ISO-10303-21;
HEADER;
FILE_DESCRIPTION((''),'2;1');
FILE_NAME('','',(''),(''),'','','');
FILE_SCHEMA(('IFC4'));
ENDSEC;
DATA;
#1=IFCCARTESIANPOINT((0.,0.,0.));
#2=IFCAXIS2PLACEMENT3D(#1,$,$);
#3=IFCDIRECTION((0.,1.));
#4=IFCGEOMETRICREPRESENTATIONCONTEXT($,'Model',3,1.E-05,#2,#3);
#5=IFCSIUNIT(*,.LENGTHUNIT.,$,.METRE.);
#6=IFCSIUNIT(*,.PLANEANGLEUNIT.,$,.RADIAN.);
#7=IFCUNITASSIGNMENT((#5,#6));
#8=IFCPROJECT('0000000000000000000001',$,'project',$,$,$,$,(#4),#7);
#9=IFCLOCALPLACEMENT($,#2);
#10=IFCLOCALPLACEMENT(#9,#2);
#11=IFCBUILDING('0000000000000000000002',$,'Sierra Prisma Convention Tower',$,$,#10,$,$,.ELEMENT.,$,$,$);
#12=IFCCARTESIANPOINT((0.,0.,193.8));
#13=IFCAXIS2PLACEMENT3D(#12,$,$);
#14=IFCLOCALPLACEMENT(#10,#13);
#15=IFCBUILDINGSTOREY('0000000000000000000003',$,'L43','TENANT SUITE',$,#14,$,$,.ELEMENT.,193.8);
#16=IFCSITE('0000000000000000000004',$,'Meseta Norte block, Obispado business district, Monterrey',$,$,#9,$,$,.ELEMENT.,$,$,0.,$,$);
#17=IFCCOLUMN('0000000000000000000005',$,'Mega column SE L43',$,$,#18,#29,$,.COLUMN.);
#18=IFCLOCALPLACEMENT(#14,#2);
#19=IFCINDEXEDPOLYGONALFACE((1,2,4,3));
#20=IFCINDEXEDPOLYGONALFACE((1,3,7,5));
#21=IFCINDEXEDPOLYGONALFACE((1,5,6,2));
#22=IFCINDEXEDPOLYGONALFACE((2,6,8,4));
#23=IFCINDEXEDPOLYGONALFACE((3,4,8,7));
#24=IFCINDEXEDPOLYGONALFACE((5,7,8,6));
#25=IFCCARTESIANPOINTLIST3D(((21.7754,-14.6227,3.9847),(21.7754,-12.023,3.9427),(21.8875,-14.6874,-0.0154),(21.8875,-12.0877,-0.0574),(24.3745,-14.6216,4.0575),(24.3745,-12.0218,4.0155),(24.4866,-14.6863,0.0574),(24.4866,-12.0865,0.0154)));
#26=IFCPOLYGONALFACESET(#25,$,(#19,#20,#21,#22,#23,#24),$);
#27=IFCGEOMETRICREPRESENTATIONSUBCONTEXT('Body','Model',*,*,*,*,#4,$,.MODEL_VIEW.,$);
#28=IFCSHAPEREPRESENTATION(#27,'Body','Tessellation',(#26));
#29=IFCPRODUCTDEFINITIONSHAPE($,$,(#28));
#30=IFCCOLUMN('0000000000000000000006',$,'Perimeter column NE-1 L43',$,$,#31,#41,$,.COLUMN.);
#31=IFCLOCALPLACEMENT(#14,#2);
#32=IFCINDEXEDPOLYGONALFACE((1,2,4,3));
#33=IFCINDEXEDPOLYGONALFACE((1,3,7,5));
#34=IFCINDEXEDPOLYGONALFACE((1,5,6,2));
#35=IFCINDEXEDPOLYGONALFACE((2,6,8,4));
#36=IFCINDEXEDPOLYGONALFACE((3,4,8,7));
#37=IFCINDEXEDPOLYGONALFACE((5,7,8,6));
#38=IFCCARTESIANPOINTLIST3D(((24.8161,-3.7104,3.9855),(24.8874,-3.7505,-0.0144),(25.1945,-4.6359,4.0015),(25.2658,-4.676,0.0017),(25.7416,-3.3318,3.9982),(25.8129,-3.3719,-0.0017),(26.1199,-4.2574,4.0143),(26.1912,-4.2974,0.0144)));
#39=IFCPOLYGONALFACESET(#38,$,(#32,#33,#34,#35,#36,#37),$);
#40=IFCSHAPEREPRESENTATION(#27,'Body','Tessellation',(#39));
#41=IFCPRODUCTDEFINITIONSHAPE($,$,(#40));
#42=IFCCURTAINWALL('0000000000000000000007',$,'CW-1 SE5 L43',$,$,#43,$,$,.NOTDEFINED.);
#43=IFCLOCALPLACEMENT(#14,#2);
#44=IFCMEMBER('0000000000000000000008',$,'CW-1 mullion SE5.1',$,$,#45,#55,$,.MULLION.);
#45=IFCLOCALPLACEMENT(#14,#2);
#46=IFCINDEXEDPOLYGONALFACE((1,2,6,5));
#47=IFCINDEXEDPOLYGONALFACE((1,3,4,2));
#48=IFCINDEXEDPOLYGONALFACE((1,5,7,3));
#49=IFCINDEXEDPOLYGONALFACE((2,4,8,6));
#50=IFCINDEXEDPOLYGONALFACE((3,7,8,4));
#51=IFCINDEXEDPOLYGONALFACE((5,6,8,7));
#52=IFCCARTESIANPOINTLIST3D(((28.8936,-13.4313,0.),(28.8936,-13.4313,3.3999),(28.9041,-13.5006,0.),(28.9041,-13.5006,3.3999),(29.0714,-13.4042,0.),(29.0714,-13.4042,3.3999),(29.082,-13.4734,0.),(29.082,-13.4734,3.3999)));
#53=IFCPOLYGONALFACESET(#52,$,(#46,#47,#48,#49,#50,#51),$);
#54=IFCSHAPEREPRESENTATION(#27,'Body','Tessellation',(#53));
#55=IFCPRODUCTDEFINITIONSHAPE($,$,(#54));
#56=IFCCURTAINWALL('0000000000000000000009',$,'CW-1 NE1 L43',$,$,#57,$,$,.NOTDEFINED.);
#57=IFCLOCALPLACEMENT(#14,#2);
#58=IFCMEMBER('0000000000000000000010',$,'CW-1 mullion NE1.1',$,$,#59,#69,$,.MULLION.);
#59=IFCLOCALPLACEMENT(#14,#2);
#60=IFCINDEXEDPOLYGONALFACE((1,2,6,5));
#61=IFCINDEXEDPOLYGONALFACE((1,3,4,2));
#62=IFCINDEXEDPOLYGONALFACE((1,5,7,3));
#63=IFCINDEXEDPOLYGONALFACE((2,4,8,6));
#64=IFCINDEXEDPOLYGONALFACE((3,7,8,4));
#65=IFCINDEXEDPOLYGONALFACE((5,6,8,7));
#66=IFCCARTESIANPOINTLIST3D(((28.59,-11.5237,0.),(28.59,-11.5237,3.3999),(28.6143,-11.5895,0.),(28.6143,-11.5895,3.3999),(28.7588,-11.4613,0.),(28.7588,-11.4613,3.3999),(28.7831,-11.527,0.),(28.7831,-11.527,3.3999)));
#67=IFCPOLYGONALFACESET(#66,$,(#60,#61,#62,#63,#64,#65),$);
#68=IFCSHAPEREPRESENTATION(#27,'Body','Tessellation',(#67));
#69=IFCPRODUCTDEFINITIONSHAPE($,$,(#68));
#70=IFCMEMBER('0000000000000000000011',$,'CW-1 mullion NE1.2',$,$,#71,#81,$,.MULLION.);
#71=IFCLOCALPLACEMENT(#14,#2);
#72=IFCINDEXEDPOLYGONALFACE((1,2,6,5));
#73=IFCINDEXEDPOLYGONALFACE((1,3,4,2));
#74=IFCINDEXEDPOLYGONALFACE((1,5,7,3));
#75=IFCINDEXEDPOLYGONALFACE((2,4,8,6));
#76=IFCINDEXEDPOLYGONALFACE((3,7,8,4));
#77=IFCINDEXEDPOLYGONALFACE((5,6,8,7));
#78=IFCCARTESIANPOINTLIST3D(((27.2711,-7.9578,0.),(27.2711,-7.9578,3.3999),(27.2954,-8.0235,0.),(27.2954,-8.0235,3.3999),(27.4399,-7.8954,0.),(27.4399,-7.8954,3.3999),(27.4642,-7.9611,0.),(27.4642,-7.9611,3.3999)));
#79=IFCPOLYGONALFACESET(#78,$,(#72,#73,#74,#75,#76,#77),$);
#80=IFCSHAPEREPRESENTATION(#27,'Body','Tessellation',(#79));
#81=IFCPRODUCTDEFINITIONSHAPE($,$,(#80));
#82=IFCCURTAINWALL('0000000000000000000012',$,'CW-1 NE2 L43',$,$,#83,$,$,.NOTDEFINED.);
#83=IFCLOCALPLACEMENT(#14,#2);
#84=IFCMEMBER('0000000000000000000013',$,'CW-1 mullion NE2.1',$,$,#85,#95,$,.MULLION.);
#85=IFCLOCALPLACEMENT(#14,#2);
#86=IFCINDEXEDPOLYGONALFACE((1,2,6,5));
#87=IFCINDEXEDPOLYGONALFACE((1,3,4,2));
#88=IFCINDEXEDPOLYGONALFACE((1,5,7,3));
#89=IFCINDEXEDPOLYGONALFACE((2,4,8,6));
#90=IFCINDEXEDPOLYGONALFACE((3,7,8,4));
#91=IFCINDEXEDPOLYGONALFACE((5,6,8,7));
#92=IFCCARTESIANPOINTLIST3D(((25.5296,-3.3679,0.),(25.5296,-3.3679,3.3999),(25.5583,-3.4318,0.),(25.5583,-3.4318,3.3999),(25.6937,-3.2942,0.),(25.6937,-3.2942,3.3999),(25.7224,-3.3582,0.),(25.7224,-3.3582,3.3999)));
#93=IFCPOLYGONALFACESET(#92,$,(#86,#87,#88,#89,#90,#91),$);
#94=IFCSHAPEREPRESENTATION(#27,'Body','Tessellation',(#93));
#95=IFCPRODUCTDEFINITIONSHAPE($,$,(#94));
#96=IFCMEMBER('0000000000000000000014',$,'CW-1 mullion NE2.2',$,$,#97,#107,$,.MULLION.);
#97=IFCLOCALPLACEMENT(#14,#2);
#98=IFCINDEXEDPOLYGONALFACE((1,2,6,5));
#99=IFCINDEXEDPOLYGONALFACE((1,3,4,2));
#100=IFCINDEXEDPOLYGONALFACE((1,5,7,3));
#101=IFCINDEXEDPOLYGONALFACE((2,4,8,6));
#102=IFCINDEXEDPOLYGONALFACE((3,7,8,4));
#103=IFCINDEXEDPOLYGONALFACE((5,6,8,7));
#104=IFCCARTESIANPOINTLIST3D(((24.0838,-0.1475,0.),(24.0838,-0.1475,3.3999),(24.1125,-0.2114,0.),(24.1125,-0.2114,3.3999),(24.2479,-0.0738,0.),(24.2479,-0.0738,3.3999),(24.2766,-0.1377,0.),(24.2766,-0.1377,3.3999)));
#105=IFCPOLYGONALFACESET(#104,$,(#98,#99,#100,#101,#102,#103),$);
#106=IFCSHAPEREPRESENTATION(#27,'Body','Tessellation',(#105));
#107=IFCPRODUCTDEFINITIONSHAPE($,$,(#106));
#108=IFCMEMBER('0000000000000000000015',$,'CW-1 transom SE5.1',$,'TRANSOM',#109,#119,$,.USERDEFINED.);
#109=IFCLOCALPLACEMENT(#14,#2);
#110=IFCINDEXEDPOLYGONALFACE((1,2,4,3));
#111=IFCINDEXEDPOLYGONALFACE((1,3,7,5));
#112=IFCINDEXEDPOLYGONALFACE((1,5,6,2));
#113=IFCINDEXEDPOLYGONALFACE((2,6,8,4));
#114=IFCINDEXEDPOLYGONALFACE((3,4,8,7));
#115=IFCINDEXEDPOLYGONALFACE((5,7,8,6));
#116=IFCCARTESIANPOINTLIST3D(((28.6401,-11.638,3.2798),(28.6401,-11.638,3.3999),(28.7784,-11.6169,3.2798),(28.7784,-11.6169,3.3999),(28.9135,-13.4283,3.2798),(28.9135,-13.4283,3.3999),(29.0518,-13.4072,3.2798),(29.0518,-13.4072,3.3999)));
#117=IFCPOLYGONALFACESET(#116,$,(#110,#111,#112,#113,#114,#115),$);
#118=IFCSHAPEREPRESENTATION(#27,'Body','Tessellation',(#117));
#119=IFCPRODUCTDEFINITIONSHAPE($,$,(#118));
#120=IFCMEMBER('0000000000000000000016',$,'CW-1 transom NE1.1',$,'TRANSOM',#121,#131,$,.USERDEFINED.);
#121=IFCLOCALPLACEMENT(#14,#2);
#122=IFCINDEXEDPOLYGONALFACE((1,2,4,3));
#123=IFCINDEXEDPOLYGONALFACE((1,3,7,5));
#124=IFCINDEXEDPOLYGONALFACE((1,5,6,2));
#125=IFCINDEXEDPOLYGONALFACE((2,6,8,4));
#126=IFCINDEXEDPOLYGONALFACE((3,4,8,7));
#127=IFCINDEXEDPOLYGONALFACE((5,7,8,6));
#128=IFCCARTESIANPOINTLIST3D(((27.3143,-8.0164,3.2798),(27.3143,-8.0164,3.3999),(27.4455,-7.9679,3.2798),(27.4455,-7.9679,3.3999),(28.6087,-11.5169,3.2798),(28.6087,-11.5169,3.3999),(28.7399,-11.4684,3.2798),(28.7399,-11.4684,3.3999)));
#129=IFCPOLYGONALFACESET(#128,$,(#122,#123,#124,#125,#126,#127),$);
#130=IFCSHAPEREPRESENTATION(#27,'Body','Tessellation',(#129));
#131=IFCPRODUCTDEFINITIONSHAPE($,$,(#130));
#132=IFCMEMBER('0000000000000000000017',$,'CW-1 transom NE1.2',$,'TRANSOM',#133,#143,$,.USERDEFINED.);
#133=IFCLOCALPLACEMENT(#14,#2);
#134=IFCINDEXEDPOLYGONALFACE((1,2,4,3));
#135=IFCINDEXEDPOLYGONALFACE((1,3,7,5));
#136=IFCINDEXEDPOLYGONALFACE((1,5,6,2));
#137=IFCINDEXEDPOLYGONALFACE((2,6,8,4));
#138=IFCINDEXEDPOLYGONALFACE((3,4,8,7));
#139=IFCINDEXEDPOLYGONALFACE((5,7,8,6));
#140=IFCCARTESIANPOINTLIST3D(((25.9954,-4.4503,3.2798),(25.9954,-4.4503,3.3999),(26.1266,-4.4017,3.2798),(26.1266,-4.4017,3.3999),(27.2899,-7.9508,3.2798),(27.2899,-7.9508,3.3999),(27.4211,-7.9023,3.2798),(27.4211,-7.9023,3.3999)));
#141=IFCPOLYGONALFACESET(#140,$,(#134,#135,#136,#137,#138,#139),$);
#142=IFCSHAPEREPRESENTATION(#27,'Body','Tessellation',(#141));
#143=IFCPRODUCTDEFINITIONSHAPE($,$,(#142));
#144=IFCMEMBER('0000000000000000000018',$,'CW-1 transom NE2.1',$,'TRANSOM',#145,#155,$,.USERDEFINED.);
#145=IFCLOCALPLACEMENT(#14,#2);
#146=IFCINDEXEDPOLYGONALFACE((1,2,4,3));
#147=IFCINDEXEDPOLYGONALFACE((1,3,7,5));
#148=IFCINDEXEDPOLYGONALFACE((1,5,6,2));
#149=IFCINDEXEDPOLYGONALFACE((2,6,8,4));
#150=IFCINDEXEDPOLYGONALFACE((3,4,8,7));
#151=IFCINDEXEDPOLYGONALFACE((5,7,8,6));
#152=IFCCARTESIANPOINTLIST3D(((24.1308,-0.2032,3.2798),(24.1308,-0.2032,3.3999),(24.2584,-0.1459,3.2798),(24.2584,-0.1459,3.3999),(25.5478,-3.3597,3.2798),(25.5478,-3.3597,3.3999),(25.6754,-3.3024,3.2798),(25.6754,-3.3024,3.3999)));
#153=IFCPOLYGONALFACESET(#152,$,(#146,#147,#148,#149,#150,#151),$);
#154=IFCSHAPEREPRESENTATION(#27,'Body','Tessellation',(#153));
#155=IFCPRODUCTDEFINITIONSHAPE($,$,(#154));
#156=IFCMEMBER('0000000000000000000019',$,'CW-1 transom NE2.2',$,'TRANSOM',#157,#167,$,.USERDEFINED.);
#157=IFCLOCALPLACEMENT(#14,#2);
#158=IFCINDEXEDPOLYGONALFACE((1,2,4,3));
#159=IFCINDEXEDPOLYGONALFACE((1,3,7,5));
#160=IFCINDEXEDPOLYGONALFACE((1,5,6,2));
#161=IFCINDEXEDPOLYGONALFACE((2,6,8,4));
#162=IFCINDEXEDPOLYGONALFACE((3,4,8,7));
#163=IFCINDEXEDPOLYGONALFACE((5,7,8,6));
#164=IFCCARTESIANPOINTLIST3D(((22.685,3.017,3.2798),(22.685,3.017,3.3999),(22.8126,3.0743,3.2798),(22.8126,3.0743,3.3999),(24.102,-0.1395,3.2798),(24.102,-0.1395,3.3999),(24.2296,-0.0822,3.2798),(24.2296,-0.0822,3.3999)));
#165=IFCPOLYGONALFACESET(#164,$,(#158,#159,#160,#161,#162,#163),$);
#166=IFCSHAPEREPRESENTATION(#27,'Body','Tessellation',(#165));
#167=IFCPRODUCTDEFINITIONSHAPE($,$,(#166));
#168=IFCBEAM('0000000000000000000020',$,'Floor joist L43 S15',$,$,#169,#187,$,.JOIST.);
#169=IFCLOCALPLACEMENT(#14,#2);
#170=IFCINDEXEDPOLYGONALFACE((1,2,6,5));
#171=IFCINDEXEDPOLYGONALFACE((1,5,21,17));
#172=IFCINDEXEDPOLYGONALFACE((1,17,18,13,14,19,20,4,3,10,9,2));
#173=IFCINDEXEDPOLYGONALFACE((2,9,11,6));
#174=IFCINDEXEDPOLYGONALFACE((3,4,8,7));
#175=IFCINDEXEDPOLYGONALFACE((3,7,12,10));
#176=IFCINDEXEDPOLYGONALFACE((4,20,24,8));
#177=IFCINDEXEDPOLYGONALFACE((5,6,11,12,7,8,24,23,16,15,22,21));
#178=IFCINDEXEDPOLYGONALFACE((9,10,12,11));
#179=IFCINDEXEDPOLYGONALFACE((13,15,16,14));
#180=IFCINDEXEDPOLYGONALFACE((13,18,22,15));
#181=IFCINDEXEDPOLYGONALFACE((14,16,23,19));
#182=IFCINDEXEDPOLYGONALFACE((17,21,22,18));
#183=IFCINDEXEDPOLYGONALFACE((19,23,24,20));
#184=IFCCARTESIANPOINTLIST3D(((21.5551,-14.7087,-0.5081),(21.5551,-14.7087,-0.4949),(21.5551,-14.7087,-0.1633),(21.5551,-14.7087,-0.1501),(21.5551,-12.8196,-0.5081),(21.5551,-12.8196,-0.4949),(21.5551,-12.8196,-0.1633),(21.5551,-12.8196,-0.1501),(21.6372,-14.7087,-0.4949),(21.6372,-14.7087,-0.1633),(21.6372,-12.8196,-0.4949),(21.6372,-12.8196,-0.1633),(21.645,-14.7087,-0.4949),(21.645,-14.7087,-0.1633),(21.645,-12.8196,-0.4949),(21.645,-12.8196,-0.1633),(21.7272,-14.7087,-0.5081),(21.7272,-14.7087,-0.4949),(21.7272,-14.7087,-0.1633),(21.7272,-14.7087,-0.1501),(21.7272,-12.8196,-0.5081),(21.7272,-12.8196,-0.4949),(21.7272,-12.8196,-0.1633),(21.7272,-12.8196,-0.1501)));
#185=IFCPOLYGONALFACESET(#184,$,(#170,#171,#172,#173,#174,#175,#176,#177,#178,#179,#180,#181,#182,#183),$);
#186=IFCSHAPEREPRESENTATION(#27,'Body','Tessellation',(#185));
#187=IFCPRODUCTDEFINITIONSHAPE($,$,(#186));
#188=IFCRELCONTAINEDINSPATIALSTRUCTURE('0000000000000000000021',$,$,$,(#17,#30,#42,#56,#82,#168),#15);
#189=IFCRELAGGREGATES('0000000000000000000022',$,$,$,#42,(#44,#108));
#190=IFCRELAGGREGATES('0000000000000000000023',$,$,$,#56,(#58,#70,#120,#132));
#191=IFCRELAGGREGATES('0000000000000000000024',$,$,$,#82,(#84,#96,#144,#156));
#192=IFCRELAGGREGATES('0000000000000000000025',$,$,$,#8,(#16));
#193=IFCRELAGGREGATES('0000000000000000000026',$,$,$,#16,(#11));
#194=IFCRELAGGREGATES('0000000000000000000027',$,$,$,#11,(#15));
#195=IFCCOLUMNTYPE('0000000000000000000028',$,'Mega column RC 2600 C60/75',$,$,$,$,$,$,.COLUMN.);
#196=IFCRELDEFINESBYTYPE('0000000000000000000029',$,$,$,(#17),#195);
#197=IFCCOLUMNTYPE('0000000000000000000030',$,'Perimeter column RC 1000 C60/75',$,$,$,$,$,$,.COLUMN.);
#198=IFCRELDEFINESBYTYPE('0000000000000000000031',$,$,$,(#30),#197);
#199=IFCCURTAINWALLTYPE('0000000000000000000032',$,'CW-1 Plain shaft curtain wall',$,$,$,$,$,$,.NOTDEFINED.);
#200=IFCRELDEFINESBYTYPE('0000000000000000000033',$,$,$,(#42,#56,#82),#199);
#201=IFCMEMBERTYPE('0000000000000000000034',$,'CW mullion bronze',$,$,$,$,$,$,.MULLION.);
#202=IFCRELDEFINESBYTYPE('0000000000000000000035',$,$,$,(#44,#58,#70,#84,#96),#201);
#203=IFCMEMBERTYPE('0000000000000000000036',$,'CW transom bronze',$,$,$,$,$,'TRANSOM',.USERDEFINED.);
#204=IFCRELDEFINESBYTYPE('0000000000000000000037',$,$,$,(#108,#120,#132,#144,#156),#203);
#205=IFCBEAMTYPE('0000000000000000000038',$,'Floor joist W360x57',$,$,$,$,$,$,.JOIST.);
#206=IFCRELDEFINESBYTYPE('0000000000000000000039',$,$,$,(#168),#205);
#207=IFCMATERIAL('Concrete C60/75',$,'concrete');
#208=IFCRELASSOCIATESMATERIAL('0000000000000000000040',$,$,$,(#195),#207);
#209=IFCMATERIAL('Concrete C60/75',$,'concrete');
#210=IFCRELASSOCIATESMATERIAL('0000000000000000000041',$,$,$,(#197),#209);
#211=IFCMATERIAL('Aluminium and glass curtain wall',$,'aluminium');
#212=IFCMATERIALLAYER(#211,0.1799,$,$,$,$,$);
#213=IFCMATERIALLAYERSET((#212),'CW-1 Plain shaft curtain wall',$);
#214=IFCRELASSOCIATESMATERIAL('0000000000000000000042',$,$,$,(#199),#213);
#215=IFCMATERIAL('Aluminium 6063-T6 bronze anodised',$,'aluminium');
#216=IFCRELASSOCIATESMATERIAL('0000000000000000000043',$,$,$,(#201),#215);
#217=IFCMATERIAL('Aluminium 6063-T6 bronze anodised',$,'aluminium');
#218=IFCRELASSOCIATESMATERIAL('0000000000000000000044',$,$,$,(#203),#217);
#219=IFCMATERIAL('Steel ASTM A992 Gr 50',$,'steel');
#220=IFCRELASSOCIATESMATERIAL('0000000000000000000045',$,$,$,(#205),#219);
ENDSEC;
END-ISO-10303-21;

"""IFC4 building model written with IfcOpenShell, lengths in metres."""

from ifc_helpers import new_model, si_unit, direction, frame, origin, origin_2d, place, context, subcontext, project, spatial, rectangle, i_section, extrude, material, layer, layer_set, material_profile, profile_set, type_object, element, aggregate, save


model = new_model("IFC4")

# Units and contexts
model_context = context("Model", 3, precision=1e-05, world=origin(), true_north=direction((0.0, 1.0)))
body_context = subcontext(model_context, "Body", "Model", "MODEL_VIEW")
ifc_project = project(units=[si_unit("LENGTHUNIT", "METRE"), si_unit("PLANEANGLEUNIT", "RADIAN")], contexts=[model_context])

# Site, building, storey
site_placement = place(None, origin())
site = spatial("IfcSite", under=ifc_project, at=site_placement, Name="Meseta Norte block, Obispado business district, Monterrey", CompositionType="ELEMENT", RefElevation=0.0)
building_placement = place(site_placement, origin())
building = spatial("IfcBuilding", under=site, at=building_placement, Name="Sierra Prisma Convention Tower", CompositionType="ELEMENT")
storey_placement = place(building_placement, frame((0.0, 0.0, 193.8)))
storey = spatial("IfcBuildingStorey", under=building, at=storey_placement, Name="L43", Description="TENANT SUITE", CompositionType="ELEMENT", Elevation=193.8)

# Columns
ifc_material_1 = material(Name="Concrete C60/75", Category="concrete")
ifc_material_profile_1 = material_profile(ifc_material_1, rectangle(XDim=2.6001, YDim=2.6001, at=origin_2d()), Name="Mega column RC 2600 C60/75")
ifc_profile_set_1 = profile_set([ifc_material_profile_1], Name="Concrete C60/75")
column_type_1 = type_object("IfcColumnType", Name="Mega column RC 2600 C60/75", PredefinedType="COLUMN", material=ifc_profile_set_1)
column_1_placement = place(storey_placement, frame((23.187, -13.387, 0.0), z_axis=(-0.028, 0.016166, 0.999477), x_axis=(0.999608, 0.000453, 0.027997)))
element("IfcColumn", 1, at=column_1_placement, inside=storey, type_object=column_type_1, Name="Mega column SE L43", PredefinedType="COLUMN", context=body_context, shape_type="SweptSolid", body=[
    extrude(rectangle(XDim=2.6001, YDim=2.6001, at=origin_2d()), origin(), (0.0, 0.0, 1.0), 4.0022),
])
ifc_material_2 = material(Name="Concrete C60/75", Category="concrete")
ifc_material_profile_2 = material_profile(ifc_material_2, rectangle(XDim=1.0, YDim=1.0, at=origin_2d()), Name="Perimeter column RC 1000 C60/75")
ifc_profile_set_2 = profile_set([ifc_material_profile_2], Name="Concrete C60/75")
column_type_2 = type_object("IfcColumnType", Name="Perimeter column RC 1000 C60/75", PredefinedType="COLUMN", material=ifc_profile_set_2)
column_2_placement = place(storey_placement, frame((25.5393, -4.0239, 0.0), z_axis=(-0.017819, 0.010008, 0.999791), x_axis=(-0.378372, 0.925515, -0.016008)))
element("IfcColumn", 2, at=column_2_placement, inside=storey, type_object=column_type_2, Name="Perimeter column NE-1 L43", PredefinedType="COLUMN", context=body_context, shape_type="SweptSolid", body=[
    extrude(rectangle(XDim=1.0, YDim=1.0, at=origin_2d()), origin(), (0.0, 0.0, 1.0), 4.0007),
])

# Curtain wall, member
ifc_material_3 = material(Name="Aluminium and glass curtain wall", Category="aluminium")
ifc_layer_1 = layer(ifc_material_3, 0.1799)
ifc_layer_set_1 = layer_set([ifc_layer_1], Name="CW-1 Plain shaft curtain wall")
curtain_wall_type = type_object("IfcCurtainWallType", Name="CW-1 Plain shaft curtain wall", PredefinedType="NOTDEFINED", material=ifc_layer_set_1)
curtain_wall_1_placement = place(storey_placement, origin())
curtain_wall_1 = element("IfcCurtainWall", 3, at=curtain_wall_1_placement, inside=storey, type_object=curtain_wall_type, Name="CW-1 SE5 L43", PredefinedType="NOTDEFINED")
ifc_material_4 = material(Name="Aluminium 6063-T6 bronze anodised", Category="aluminium")
ifc_material_profile_3 = material_profile(ifc_material_4, rectangle(XDim=0.1799, YDim=0.0701, at=origin_2d()), Name="ALU MULLION 70x180")
ifc_profile_set_3 = profile_set([ifc_material_profile_3], Name="Aluminium 6063-T6 bronze anodised")
member_type_1 = type_object("IfcMemberType", Name="CW mullion bronze", PredefinedType="MULLION", material=ifc_profile_set_3)
member_1_placement = place(storey_placement, frame((28.9878, -13.4524, 0.0), z_axis=(0.0, 0.0, 1.0), x_axis=(-0.988536, -0.150983, 0.0)))
member_1 = element("IfcMember", 4, at=member_1_placement, type_object=member_type_1, Name="CW-1 mullion SE5.1", PredefinedType="MULLION", context=body_context, shape_type="SweptSolid", body=[
    extrude(rectangle(XDim=0.1799, YDim=0.0701, at=origin_2d()), origin(), (0.0, 0.0, 1.0), 3.3999),
])

# Curtain walls, members
curtain_wall_2_placement = place(storey_placement, origin())
curtain_wall_2 = element("IfcCurtainWall", 5, at=curtain_wall_2_placement, inside=storey, type_object=curtain_wall_type, Name="CW-1 NE1 L43", PredefinedType="NOTDEFINED")
member_2_placement = place(storey_placement, frame((28.6865, -11.5254, 0.0), z_axis=(0.0, 0.0, 1.0), x_axis=(-0.937915, -0.346866, 0.0)))
member_2 = element("IfcMember", 6, at=member_2_placement, type_object=member_type_1, Name="CW-1 mullion NE1.1", PredefinedType="MULLION", context=body_context, shape_type="SweptSolid", body=[
    extrude(rectangle(XDim=0.1799, YDim=0.0701, at=origin_2d()), origin(), (0.0, 0.0, 1.0), 3.3999),
])
member_3_placement = place(storey_placement, frame((27.3677, -7.9595, 0.0), z_axis=(0.0, 0.0, 1.0), x_axis=(-0.937915, -0.346866, 0.0)))
member_3 = element("IfcMember", 7, at=member_3_placement, type_object=member_type_1, Name="CW-1 mullion NE1.2", PredefinedType="MULLION", context=body_context, shape_type="SweptSolid", body=[
    extrude(rectangle(XDim=0.1799, YDim=0.0701, at=origin_2d()), origin(), (0.0, 0.0, 1.0), 3.3999),
])
curtain_wall_3_placement = place(storey_placement, origin())
curtain_wall_3 = element("IfcCurtainWall", 8, at=curtain_wall_3_placement, inside=storey, type_object=curtain_wall_type, Name="CW-1 NE2 L43", PredefinedType="NOTDEFINED")
member_4_placement = place(storey_placement, frame((25.626, -3.363, 0.0), z_axis=(0.0, 0.0, 1.0), x_axis=(-0.912281, -0.409564, 0.0)))
member_4 = element("IfcMember", 9, at=member_4_placement, type_object=member_type_1, Name="CW-1 mullion NE2.1", PredefinedType="MULLION", context=body_context, shape_type="SweptSolid", body=[
    extrude(rectangle(XDim=0.1799, YDim=0.0701, at=origin_2d()), origin(), (0.0, 0.0, 1.0), 3.3999),
])
member_5_placement = place(storey_placement, frame((24.1802, -0.1426, 0.0), z_axis=(0.0, 0.0, 1.0), x_axis=(-0.912281, -0.409564, 0.0)))
member_5 = element("IfcMember", 10, at=member_5_placement, type_object=member_type_1, Name="CW-1 mullion NE2.2", PredefinedType="MULLION", context=body_context, shape_type="SweptSolid", body=[
    extrude(rectangle(XDim=0.1799, YDim=0.0701, at=origin_2d()), origin(), (0.0, 0.0, 1.0), 3.3999),
])

# Members
ifc_material_5 = material(Name="Aluminium 6063-T6 bronze anodised", Category="aluminium")
ifc_material_profile_4 = material_profile(ifc_material_5, rectangle(XDim=0.1399, YDim=0.1201, at=origin_2d()), Name="ALU TRANSOM 120x140")
ifc_profile_set_4 = profile_set([ifc_material_profile_4], Name="Aluminium 6063-T6 bronze anodised")
member_type_2 = type_object("IfcMemberType", Name="CW transom bronze", ElementType="TRANSOM", PredefinedType="USERDEFINED", material=ifc_profile_set_4)
member_6_placement = place(storey_placement, frame((28.9827, -13.4177, 3.3398), z_axis=(-0.150983, 0.988536, 0.0), x_axis=(-0.988536, -0.150983, 0.0)))
member_6 = element("IfcMember", 11, at=member_6_placement, type_object=member_type_2, Name="CW-1 transom SE5.1", ObjectType="TRANSOM", PredefinedType="USERDEFINED", context=body_context, shape_type="SweptSolid", body=[
    extrude(rectangle(XDim=0.1399, YDim=0.1201, at=origin_2d()), origin(), (0.0, 0.0, 1.0), 1.811),
])
member_7_placement = place(storey_placement, frame((28.6743, -11.4927, 3.3398), z_axis=(-0.346833, 0.937927, 0.0), x_axis=(-0.937927, -0.346833, 0.0)))
member_7 = element("IfcMember", 12, at=member_7_placement, type_object=member_type_2, Name="CW-1 transom NE1.1", ObjectType="TRANSOM", PredefinedType="USERDEFINED", context=body_context, shape_type="SweptSolid", body=[
    extrude(rectangle(XDim=0.1399, YDim=0.1201, at=origin_2d()), origin(), (0.0, 0.0, 1.0), 3.7322),
])
member_8_placement = place(storey_placement, frame((27.3555, -7.9265, 3.3398), z_axis=(-0.346833, 0.937927, 0.0), x_axis=(-0.937927, -0.346833, 0.0)))
member_8 = element("IfcMember", 13, at=member_8_placement, type_object=member_type_2, Name="CW-1 transom NE1.2", ObjectType="TRANSOM", PredefinedType="USERDEFINED", context=body_context, shape_type="SweptSolid", body=[
    extrude(rectangle(XDim=0.1399, YDim=0.1201, at=origin_2d()), origin(), (0.0, 0.0, 1.0), 3.7322),
])
member_9_placement = place(storey_placement, frame((25.6116, -3.3311, 3.3398), z_axis=(-0.40954, 0.912292, 0.0), x_axis=(-0.912292, -0.40954, 0.0)))
member_9 = element("IfcMember", 14, at=member_9_placement, type_object=member_type_2, Name="CW-1 transom NE2.1", ObjectType="TRANSOM", PredefinedType="USERDEFINED", context=body_context, shape_type="SweptSolid", body=[
    extrude(rectangle(XDim=0.1399, YDim=0.1201, at=origin_2d()), origin(), (0.0, 0.0, 1.0), 3.46),
])
member_10_placement = place(storey_placement, frame((24.1658, -0.1108, 3.3398), z_axis=(-0.40954, 0.912292, 0.0), x_axis=(-0.912292, -0.40954, 0.0)))
member_10 = element("IfcMember", 15, at=member_10_placement, type_object=member_type_2, Name="CW-1 transom NE2.2", ObjectType="TRANSOM", PredefinedType="USERDEFINED", context=body_context, shape_type="SweptSolid", body=[
    extrude(rectangle(XDim=0.1399, YDim=0.1201, at=origin_2d()), origin(), (0.0, 0.0, 1.0), 3.46),
])

# Beam
ifc_material_6 = material(Name="Steel ASTM A992 Gr 50", Category="steel")
ifc_material_profile_5 = material_profile(ifc_material_6, i_section(OverallWidth=0.1721, OverallDepth=0.3579, WebThickness=0.0078, FlangeThickness=0.0132, at=origin_2d()), Name="W360x57")
ifc_profile_set_5 = profile_set([ifc_material_profile_5], Name="Steel ASTM A992 Gr 50")
beam_type_1 = type_object("IfcBeamType", Name="Floor joist W360x57", PredefinedType="JOIST", material=ifc_profile_set_5)
beam_1_placement = place(storey_placement, frame((21.6411, -14.7087, -0.3291), z_axis=(0.0, 1.0, 0.0), x_axis=(-1.0, 0.0, 0.0)))
element("IfcBeam", 16, at=beam_1_placement, inside=storey, type_object=beam_type_1, Name="Floor joist L43 S15", PredefinedType="JOIST", context=body_context, shape_type="SweptSolid", body=[
    extrude(i_section(OverallWidth=0.1721, OverallDepth=0.3579, WebThickness=0.0078, FlangeThickness=0.0132, at=origin_2d()), origin(), (0.0, 0.0, 1.0), 1.8892),
])

aggregate(curtain_wall_1, [member_1, member_6])
aggregate(curtain_wall_2, [member_2, member_3, member_7, member_8])
aggregate(curtain_wall_3, [member_4, member_5, member_9, member_10])

save(model, "model.ifc")
